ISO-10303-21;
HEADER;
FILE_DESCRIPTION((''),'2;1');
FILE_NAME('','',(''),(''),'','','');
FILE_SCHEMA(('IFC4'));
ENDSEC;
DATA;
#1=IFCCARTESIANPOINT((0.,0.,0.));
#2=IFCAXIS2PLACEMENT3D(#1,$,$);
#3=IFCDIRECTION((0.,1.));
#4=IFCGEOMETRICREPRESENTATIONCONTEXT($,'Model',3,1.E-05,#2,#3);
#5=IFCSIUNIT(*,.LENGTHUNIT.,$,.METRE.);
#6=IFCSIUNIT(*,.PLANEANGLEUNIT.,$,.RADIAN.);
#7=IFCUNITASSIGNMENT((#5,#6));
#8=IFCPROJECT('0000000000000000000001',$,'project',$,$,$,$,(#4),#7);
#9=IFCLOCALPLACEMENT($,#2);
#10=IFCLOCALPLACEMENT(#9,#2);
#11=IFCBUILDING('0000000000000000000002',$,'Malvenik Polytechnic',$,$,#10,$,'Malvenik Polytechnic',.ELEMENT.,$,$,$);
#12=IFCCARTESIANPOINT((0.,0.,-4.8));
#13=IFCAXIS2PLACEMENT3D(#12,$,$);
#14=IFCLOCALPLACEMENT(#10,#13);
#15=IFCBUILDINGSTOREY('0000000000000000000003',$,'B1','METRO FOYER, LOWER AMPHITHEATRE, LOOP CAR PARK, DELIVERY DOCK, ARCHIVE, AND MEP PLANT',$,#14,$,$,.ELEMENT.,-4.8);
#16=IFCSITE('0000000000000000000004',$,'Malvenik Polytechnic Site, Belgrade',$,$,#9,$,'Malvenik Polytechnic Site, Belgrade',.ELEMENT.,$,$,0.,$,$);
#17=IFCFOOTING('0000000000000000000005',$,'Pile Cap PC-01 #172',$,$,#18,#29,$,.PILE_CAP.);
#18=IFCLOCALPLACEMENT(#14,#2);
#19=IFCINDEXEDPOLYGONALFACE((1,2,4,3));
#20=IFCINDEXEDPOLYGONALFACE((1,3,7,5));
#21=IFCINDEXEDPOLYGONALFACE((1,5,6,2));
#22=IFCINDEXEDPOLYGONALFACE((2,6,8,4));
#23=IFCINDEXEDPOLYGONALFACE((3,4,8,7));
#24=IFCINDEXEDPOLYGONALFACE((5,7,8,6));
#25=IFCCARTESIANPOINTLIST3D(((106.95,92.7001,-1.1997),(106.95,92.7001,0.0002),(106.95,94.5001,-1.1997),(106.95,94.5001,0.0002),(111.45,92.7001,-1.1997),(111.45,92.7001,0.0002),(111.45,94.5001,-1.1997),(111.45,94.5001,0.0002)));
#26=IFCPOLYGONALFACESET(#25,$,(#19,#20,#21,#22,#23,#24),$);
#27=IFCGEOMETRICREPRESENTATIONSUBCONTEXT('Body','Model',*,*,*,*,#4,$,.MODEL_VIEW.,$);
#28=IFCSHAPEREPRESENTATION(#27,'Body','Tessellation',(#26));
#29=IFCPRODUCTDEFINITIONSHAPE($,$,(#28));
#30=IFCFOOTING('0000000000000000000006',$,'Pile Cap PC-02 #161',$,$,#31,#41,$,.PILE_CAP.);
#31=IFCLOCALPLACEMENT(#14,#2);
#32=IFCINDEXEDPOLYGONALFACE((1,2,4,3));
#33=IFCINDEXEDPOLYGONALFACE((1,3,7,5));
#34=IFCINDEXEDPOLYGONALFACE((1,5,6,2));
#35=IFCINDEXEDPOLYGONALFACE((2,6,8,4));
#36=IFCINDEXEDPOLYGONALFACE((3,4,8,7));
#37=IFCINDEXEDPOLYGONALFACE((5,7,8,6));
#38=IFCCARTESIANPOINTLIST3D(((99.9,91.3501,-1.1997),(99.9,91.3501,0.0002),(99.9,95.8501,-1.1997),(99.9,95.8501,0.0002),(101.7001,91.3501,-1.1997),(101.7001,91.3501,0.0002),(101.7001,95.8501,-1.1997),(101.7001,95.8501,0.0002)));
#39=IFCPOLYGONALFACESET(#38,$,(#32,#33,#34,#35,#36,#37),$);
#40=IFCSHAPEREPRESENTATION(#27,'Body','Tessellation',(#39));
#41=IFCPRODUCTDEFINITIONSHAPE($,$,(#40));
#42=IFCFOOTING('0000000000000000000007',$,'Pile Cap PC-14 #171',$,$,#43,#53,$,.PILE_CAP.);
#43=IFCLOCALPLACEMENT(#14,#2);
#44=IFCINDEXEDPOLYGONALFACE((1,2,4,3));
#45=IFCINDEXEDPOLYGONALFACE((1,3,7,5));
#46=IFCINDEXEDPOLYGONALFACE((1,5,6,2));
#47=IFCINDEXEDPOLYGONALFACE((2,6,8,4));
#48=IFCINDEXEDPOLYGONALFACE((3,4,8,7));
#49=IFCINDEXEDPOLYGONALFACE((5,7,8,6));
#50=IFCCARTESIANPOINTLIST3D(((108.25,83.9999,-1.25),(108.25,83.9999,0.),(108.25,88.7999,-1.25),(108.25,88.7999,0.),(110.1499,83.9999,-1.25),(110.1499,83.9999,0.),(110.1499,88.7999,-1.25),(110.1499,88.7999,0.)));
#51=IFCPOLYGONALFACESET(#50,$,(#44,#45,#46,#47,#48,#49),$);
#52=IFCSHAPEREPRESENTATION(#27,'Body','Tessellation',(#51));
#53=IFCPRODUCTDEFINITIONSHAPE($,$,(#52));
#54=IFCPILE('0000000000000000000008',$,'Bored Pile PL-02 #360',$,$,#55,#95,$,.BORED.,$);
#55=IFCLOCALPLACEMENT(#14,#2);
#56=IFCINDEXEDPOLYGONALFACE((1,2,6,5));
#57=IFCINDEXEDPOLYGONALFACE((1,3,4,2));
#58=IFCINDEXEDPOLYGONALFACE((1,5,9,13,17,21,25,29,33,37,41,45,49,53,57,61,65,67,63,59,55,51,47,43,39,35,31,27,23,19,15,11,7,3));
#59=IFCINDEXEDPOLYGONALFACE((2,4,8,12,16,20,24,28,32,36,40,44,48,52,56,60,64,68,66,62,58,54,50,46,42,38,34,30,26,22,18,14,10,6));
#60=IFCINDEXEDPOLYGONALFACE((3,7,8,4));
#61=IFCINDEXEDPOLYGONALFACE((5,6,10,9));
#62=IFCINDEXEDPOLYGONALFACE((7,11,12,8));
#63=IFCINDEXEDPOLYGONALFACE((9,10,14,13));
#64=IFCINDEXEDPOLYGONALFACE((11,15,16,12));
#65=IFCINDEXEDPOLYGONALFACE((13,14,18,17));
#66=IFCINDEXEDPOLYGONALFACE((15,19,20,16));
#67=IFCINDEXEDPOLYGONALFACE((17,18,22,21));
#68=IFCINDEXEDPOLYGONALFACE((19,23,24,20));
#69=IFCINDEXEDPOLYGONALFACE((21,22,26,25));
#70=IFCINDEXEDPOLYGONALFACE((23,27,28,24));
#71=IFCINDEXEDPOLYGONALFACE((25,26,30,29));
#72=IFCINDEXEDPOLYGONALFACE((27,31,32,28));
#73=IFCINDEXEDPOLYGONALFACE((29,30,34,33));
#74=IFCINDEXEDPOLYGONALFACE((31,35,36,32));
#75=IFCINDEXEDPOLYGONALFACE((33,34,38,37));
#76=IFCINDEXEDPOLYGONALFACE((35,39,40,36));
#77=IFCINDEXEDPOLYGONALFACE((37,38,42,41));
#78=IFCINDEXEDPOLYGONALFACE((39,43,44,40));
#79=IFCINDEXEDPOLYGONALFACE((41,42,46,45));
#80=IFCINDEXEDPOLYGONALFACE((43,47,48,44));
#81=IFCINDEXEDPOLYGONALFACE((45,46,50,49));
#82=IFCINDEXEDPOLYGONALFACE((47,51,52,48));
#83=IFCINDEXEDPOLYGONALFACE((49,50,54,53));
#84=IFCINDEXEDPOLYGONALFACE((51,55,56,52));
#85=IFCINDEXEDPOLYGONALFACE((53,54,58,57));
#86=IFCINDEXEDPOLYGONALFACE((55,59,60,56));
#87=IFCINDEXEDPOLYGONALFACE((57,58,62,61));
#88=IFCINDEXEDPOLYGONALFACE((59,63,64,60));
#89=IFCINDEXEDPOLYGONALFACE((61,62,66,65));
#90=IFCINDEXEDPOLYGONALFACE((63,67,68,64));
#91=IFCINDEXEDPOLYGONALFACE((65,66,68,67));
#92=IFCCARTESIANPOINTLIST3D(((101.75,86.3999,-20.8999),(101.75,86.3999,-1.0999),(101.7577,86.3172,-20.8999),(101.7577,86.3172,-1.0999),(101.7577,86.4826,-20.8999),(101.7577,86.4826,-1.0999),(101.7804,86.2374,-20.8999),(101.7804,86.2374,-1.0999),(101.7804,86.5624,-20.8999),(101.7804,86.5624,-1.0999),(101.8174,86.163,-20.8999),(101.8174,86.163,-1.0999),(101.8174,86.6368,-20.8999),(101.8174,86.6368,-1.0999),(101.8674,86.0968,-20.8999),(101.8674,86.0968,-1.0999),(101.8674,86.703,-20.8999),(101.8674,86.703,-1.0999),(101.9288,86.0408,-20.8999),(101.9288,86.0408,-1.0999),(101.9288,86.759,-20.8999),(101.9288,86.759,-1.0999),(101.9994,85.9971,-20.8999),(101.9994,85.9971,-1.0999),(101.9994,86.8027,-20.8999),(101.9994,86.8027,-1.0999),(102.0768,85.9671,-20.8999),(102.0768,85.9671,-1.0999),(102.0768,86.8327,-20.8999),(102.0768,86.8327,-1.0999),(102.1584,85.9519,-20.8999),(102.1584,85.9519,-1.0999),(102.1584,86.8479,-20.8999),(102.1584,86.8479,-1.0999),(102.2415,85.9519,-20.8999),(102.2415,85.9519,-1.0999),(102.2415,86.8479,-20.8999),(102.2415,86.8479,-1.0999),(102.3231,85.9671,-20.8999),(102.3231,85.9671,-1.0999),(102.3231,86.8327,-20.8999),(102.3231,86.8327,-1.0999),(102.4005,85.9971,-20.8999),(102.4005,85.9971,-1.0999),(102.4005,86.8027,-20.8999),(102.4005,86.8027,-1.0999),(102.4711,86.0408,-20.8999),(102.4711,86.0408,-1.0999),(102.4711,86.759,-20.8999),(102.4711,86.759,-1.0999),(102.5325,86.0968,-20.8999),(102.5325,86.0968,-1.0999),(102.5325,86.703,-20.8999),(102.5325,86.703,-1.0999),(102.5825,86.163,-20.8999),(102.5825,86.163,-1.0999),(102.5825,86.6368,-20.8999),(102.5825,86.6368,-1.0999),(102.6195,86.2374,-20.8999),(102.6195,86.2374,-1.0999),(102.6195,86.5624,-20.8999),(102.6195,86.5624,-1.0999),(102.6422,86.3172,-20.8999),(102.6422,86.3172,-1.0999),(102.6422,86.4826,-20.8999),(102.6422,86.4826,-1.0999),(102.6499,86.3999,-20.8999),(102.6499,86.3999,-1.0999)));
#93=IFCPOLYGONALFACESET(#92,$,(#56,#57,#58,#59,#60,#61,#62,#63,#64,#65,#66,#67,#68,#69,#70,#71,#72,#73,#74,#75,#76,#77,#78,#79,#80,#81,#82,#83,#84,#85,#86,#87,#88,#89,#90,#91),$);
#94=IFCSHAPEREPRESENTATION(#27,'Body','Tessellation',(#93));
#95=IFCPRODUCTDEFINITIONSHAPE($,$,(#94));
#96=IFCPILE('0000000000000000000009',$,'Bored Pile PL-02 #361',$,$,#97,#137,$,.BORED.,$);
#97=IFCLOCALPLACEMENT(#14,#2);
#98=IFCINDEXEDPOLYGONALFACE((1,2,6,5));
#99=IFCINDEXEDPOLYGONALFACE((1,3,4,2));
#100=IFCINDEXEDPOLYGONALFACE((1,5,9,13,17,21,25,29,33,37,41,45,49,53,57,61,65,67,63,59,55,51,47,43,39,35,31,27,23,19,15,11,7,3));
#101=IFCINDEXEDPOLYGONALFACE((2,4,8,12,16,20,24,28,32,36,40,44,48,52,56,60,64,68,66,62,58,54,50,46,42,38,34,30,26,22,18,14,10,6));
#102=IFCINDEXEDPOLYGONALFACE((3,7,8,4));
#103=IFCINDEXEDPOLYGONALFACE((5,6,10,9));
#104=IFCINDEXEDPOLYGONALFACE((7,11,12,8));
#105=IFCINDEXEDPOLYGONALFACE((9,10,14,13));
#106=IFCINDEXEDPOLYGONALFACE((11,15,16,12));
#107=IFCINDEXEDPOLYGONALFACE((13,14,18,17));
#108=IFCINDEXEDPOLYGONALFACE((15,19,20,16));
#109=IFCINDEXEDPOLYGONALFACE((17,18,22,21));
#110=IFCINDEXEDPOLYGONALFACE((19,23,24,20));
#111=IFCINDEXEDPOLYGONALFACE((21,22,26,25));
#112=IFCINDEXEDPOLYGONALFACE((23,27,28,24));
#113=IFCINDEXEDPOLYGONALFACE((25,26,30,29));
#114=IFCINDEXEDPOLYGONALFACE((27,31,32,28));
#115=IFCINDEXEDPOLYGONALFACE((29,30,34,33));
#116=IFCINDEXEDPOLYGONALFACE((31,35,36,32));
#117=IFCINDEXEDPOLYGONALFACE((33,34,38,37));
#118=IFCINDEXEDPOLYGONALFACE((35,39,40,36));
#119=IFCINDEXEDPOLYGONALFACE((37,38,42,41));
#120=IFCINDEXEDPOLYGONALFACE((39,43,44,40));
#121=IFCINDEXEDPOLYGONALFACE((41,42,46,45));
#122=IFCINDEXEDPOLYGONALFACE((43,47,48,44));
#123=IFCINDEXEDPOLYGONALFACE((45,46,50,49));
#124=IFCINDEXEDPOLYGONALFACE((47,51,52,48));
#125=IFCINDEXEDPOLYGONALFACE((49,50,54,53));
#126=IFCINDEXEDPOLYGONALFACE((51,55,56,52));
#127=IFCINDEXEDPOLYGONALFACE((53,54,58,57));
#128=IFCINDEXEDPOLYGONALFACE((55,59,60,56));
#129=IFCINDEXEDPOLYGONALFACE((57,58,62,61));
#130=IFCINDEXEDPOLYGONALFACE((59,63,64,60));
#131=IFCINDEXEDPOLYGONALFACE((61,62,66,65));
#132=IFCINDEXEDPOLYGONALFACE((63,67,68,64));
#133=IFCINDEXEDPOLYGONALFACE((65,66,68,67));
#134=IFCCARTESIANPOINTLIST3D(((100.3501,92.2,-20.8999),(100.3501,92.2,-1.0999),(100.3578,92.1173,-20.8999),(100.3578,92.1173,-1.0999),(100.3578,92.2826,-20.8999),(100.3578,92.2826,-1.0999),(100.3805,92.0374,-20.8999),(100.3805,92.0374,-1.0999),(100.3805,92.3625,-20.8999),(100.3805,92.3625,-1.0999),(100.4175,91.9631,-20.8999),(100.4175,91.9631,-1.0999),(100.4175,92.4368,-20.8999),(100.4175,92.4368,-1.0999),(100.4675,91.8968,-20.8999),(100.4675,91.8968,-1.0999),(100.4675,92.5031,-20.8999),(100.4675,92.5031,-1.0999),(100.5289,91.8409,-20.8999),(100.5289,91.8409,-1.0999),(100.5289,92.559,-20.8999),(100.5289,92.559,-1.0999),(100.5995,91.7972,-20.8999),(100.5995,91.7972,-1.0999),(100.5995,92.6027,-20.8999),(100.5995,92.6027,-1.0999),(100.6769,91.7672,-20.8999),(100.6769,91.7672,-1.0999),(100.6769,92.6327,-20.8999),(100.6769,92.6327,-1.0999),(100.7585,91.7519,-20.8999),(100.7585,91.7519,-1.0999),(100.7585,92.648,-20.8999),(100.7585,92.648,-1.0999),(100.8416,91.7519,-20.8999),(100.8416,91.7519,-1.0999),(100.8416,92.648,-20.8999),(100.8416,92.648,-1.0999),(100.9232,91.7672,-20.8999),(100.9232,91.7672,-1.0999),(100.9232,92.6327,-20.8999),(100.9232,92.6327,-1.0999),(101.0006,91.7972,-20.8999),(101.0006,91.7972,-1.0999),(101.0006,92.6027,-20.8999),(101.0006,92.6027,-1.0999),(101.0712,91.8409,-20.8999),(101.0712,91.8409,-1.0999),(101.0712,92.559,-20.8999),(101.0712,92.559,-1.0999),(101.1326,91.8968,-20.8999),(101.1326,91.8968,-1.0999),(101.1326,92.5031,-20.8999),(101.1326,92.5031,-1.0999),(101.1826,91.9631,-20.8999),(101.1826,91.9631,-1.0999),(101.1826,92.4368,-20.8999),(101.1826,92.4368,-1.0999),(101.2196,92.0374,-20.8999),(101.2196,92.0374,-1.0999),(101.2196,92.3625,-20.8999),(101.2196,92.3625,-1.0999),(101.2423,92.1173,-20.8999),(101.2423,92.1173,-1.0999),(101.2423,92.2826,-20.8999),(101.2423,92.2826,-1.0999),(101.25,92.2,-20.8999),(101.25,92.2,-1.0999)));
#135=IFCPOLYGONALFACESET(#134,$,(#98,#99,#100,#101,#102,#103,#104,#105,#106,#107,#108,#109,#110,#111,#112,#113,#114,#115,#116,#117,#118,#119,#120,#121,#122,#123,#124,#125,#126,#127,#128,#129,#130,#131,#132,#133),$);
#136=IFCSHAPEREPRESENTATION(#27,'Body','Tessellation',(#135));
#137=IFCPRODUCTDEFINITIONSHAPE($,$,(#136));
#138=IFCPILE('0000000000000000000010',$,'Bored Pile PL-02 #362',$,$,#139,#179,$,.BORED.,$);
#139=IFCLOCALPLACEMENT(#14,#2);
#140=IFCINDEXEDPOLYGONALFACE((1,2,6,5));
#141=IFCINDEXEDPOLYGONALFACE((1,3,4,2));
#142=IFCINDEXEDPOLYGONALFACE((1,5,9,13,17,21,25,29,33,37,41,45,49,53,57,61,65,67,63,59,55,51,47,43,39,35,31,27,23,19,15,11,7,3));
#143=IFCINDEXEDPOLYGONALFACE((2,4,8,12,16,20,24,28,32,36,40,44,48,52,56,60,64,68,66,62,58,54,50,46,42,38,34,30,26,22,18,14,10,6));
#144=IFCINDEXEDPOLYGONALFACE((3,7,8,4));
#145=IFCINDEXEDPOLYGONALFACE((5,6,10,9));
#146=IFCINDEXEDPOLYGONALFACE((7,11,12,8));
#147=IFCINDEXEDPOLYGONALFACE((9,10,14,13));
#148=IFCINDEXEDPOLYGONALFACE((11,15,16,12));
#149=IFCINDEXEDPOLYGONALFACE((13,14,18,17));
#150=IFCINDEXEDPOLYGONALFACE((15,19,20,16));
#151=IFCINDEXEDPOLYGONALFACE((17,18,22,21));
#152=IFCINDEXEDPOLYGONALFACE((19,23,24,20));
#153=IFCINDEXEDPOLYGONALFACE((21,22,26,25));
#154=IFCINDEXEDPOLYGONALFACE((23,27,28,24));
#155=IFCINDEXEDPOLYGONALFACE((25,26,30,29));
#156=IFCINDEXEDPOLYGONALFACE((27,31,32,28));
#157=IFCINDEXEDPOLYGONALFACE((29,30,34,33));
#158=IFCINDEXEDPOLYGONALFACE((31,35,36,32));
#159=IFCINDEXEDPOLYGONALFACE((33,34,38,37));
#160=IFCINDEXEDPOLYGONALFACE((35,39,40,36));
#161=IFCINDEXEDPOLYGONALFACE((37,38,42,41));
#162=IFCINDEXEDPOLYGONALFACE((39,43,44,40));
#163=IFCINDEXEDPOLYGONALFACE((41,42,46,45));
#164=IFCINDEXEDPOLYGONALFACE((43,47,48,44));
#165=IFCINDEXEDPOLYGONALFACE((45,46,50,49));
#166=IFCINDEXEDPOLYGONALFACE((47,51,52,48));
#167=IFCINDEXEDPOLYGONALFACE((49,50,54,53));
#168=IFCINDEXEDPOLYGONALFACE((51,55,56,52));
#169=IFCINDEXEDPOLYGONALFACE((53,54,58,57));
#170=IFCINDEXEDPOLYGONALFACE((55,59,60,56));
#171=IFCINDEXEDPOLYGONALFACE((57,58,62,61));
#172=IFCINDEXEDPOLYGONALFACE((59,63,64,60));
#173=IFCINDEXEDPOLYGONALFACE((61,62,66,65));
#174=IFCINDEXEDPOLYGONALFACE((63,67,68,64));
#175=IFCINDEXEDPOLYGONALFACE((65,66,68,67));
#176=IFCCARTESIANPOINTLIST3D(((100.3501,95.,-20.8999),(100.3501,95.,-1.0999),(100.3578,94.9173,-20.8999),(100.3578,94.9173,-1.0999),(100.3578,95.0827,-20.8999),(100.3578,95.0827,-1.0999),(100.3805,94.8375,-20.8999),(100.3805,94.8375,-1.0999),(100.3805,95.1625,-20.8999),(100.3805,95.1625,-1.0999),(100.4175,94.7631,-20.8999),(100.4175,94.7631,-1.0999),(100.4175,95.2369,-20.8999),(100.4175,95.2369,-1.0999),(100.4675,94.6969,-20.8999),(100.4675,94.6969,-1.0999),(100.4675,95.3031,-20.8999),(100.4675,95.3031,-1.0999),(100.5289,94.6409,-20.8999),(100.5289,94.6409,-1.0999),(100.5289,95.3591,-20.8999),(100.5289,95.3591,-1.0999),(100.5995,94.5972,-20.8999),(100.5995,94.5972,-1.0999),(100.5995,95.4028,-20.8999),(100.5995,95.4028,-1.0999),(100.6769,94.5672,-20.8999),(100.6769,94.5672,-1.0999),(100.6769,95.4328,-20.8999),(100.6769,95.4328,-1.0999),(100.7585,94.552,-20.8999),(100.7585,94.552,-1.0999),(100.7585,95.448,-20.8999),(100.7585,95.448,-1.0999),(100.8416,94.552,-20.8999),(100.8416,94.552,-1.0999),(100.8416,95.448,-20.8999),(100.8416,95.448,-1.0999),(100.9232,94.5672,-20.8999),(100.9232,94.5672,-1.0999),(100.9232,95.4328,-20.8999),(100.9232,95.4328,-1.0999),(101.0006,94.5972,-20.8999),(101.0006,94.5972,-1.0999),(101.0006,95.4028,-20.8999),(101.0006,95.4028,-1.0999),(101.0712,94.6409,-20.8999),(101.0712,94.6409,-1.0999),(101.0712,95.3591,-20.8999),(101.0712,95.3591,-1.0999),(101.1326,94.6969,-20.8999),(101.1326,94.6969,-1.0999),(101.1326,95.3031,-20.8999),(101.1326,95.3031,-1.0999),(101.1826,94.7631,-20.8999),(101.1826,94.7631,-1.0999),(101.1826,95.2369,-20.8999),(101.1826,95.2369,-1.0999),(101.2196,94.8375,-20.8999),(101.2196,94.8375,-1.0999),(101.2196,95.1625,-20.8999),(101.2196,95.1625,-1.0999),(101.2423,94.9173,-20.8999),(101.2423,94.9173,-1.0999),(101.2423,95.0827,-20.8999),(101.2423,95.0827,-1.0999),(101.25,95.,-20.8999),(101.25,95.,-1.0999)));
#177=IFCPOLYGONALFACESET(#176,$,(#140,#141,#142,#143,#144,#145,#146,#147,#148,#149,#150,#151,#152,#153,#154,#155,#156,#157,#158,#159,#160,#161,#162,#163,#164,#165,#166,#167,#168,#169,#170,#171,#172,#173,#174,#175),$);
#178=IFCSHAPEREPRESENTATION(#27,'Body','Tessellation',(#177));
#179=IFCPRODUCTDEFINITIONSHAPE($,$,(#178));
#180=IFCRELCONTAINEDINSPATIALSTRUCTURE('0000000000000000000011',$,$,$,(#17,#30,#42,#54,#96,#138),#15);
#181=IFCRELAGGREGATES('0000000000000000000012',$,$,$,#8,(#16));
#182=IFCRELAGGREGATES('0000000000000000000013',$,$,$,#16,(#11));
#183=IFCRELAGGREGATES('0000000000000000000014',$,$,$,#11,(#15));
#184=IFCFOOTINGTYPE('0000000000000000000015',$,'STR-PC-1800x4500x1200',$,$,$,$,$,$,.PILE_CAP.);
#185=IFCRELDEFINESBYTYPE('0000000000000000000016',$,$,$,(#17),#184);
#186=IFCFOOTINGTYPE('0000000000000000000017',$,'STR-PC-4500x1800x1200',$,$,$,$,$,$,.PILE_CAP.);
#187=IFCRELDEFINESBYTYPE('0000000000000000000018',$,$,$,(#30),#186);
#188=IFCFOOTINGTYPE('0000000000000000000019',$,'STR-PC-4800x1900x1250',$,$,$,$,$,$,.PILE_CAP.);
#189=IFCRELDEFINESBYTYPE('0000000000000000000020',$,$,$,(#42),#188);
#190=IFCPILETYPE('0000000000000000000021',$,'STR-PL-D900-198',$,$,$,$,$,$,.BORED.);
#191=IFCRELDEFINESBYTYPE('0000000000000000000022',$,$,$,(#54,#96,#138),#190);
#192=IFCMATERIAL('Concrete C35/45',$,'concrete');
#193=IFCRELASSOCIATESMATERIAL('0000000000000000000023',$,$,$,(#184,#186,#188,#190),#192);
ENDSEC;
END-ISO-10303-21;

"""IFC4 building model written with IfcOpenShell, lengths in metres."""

from ifc_helpers import new_model, si_unit, direction, frame, origin, origin_2d, place, context, subcontext, project, spatial, rectangle, circle, extrude, material, material_profile, profile_set, type_object, element, save


model = new_model("IFC4")

# Units and contexts
model_context = context("Model", 3, precision=1e-05, world=origin(), true_north=direction((0.0, 1.0)))
body_context = subcontext(model_context, "Body", "Model", "MODEL_VIEW")
ifc_project = project(units=[si_unit("LENGTHUNIT", "METRE"), si_unit("PLANEANGLEUNIT", "RADIAN")], contexts=[model_context])

# Site, building, storey
site_placement = place(None, origin())
site = spatial("IfcSite", under=ifc_project, at=site_placement, Name="Malvenik Polytechnic Site, Belgrade", LongName="Malvenik Polytechnic Site, Belgrade", CompositionType="ELEMENT", RefElevation=0.0)
building_placement = place(site_placement, origin())
building = spatial("IfcBuilding", under=site, at=building_placement, Name="Malvenik Polytechnic", LongName="Malvenik Polytechnic", CompositionType="ELEMENT")
storey_placement = place(building_placement, frame((0.0, 0.0, -4.8)))
storey = spatial("IfcBuildingStorey", under=building, at=storey_placement, Name="B1", Description="METRO FOYER, LOWER AMPHITHEATRE, LOOP CAR PARK, DELIVERY DOCK, ARCHIVE, AND MEP PLANT", CompositionType="ELEMENT", Elevation=-4.8)

# Footings
ifc_material_1 = material(Name="Concrete C35/45", Category="concrete")
footing_type_1 = type_object("IfcFootingType", Name="STR-PC-1800x4500x1200", PredefinedType="PILE_CAP", material=ifc_material_1)
footing_1_placement = place(storey_placement, frame((109.2, 93.6001, -1.1997), z_axis=(0.0, 0.0, 1.0), x_axis=(1.0, 0.0, 0.0)))
element("IfcFooting", 1, at=footing_1_placement, inside=storey, type_object=footing_type_1, Name="Pile Cap PC-01 #172", PredefinedType="PILE_CAP", context=body_context, shape_type="SweptSolid", body=[
    extrude(rectangle(XDim=4.5, YDim=1.8, at=origin_2d()), origin(), (0.0, 0.0, 1.0), 1.2),
])
footing_type_2 = type_object("IfcFootingType", Name="STR-PC-4500x1800x1200", PredefinedType="PILE_CAP", material=ifc_material_1)
footing_2_placement = place(storey_placement, frame((100.8, 93.6001, -1.1997), z_axis=(0.0, 0.0, 1.0), x_axis=(1.0, 0.0, 0.0)))
element("IfcFooting", 2, at=footing_2_placement, inside=storey, type_object=footing_type_2, Name="Pile Cap PC-02 #161", PredefinedType="PILE_CAP", context=body_context, shape_type="SweptSolid", body=[
    extrude(rectangle(XDim=1.8, YDim=4.5, at=origin_2d()), origin(), (0.0, 0.0, 1.0), 1.2),
])
footing_type_3 = type_object("IfcFootingType", Name="STR-PC-4800x1900x1250", PredefinedType="PILE_CAP", material=ifc_material_1)
footing_3_placement = place(storey_placement, frame((109.2, 86.3999, -1.25), z_axis=(0.0, 0.0, 1.0), x_axis=(1.0, 0.0, 0.0)))
element("IfcFooting", 3, at=footing_3_placement, inside=storey, type_object=footing_type_3, Name="Pile Cap PC-14 #171", PredefinedType="PILE_CAP", context=body_context, shape_type="SweptSolid", body=[
    extrude(rectangle(XDim=1.8999, YDim=4.8, at=origin_2d()), origin(), (0.0, 0.0, 1.0), 1.25),
])

# Piles
ifc_material_profile_1 = material_profile(ifc_material_1, circle(Radius=0.45, at=origin_2d()), Name="BORED PILE D900")
ifc_profile_set_1 = profile_set([ifc_material_profile_1], Name="Concrete C35/45")
pile_type = type_object("IfcPileType", Name="STR-PL-D900-198", PredefinedType="BORED", material=ifc_profile_set_1)
for number, where, z_axis, x_axis, name in (
    (4, (102.2, 86.3999, -1.0999), (0.0, 0.0, -1.0), (1.0, 0.0, 0.0), "Bored Pile PL-02 #360"),
    (5, (100.8, 92.2, -1.0999), (0.0, 0.0, -1.0), (1.0, 0.0, 0.0), "Bored Pile PL-02 #361"),
    (6, (100.8, 95.0, -1.0999), (0.0, 0.0, -1.0), (1.0, 0.0, 0.0), "Bored Pile PL-02 #362"),
):
    element("IfcPile", number, at=place(storey_placement, frame(where, z_axis=z_axis, x_axis=x_axis)), inside=storey, type_object=pile_type, Name=name, PredefinedType="BORED", context=body_context, shape_type="SweptSolid", body=[
        extrude(circle(Radius=0.45, at=origin_2d()), origin(), (0.0, 0.0, 1.0), 19.8),
    ])

save(model, "model.ifc")
